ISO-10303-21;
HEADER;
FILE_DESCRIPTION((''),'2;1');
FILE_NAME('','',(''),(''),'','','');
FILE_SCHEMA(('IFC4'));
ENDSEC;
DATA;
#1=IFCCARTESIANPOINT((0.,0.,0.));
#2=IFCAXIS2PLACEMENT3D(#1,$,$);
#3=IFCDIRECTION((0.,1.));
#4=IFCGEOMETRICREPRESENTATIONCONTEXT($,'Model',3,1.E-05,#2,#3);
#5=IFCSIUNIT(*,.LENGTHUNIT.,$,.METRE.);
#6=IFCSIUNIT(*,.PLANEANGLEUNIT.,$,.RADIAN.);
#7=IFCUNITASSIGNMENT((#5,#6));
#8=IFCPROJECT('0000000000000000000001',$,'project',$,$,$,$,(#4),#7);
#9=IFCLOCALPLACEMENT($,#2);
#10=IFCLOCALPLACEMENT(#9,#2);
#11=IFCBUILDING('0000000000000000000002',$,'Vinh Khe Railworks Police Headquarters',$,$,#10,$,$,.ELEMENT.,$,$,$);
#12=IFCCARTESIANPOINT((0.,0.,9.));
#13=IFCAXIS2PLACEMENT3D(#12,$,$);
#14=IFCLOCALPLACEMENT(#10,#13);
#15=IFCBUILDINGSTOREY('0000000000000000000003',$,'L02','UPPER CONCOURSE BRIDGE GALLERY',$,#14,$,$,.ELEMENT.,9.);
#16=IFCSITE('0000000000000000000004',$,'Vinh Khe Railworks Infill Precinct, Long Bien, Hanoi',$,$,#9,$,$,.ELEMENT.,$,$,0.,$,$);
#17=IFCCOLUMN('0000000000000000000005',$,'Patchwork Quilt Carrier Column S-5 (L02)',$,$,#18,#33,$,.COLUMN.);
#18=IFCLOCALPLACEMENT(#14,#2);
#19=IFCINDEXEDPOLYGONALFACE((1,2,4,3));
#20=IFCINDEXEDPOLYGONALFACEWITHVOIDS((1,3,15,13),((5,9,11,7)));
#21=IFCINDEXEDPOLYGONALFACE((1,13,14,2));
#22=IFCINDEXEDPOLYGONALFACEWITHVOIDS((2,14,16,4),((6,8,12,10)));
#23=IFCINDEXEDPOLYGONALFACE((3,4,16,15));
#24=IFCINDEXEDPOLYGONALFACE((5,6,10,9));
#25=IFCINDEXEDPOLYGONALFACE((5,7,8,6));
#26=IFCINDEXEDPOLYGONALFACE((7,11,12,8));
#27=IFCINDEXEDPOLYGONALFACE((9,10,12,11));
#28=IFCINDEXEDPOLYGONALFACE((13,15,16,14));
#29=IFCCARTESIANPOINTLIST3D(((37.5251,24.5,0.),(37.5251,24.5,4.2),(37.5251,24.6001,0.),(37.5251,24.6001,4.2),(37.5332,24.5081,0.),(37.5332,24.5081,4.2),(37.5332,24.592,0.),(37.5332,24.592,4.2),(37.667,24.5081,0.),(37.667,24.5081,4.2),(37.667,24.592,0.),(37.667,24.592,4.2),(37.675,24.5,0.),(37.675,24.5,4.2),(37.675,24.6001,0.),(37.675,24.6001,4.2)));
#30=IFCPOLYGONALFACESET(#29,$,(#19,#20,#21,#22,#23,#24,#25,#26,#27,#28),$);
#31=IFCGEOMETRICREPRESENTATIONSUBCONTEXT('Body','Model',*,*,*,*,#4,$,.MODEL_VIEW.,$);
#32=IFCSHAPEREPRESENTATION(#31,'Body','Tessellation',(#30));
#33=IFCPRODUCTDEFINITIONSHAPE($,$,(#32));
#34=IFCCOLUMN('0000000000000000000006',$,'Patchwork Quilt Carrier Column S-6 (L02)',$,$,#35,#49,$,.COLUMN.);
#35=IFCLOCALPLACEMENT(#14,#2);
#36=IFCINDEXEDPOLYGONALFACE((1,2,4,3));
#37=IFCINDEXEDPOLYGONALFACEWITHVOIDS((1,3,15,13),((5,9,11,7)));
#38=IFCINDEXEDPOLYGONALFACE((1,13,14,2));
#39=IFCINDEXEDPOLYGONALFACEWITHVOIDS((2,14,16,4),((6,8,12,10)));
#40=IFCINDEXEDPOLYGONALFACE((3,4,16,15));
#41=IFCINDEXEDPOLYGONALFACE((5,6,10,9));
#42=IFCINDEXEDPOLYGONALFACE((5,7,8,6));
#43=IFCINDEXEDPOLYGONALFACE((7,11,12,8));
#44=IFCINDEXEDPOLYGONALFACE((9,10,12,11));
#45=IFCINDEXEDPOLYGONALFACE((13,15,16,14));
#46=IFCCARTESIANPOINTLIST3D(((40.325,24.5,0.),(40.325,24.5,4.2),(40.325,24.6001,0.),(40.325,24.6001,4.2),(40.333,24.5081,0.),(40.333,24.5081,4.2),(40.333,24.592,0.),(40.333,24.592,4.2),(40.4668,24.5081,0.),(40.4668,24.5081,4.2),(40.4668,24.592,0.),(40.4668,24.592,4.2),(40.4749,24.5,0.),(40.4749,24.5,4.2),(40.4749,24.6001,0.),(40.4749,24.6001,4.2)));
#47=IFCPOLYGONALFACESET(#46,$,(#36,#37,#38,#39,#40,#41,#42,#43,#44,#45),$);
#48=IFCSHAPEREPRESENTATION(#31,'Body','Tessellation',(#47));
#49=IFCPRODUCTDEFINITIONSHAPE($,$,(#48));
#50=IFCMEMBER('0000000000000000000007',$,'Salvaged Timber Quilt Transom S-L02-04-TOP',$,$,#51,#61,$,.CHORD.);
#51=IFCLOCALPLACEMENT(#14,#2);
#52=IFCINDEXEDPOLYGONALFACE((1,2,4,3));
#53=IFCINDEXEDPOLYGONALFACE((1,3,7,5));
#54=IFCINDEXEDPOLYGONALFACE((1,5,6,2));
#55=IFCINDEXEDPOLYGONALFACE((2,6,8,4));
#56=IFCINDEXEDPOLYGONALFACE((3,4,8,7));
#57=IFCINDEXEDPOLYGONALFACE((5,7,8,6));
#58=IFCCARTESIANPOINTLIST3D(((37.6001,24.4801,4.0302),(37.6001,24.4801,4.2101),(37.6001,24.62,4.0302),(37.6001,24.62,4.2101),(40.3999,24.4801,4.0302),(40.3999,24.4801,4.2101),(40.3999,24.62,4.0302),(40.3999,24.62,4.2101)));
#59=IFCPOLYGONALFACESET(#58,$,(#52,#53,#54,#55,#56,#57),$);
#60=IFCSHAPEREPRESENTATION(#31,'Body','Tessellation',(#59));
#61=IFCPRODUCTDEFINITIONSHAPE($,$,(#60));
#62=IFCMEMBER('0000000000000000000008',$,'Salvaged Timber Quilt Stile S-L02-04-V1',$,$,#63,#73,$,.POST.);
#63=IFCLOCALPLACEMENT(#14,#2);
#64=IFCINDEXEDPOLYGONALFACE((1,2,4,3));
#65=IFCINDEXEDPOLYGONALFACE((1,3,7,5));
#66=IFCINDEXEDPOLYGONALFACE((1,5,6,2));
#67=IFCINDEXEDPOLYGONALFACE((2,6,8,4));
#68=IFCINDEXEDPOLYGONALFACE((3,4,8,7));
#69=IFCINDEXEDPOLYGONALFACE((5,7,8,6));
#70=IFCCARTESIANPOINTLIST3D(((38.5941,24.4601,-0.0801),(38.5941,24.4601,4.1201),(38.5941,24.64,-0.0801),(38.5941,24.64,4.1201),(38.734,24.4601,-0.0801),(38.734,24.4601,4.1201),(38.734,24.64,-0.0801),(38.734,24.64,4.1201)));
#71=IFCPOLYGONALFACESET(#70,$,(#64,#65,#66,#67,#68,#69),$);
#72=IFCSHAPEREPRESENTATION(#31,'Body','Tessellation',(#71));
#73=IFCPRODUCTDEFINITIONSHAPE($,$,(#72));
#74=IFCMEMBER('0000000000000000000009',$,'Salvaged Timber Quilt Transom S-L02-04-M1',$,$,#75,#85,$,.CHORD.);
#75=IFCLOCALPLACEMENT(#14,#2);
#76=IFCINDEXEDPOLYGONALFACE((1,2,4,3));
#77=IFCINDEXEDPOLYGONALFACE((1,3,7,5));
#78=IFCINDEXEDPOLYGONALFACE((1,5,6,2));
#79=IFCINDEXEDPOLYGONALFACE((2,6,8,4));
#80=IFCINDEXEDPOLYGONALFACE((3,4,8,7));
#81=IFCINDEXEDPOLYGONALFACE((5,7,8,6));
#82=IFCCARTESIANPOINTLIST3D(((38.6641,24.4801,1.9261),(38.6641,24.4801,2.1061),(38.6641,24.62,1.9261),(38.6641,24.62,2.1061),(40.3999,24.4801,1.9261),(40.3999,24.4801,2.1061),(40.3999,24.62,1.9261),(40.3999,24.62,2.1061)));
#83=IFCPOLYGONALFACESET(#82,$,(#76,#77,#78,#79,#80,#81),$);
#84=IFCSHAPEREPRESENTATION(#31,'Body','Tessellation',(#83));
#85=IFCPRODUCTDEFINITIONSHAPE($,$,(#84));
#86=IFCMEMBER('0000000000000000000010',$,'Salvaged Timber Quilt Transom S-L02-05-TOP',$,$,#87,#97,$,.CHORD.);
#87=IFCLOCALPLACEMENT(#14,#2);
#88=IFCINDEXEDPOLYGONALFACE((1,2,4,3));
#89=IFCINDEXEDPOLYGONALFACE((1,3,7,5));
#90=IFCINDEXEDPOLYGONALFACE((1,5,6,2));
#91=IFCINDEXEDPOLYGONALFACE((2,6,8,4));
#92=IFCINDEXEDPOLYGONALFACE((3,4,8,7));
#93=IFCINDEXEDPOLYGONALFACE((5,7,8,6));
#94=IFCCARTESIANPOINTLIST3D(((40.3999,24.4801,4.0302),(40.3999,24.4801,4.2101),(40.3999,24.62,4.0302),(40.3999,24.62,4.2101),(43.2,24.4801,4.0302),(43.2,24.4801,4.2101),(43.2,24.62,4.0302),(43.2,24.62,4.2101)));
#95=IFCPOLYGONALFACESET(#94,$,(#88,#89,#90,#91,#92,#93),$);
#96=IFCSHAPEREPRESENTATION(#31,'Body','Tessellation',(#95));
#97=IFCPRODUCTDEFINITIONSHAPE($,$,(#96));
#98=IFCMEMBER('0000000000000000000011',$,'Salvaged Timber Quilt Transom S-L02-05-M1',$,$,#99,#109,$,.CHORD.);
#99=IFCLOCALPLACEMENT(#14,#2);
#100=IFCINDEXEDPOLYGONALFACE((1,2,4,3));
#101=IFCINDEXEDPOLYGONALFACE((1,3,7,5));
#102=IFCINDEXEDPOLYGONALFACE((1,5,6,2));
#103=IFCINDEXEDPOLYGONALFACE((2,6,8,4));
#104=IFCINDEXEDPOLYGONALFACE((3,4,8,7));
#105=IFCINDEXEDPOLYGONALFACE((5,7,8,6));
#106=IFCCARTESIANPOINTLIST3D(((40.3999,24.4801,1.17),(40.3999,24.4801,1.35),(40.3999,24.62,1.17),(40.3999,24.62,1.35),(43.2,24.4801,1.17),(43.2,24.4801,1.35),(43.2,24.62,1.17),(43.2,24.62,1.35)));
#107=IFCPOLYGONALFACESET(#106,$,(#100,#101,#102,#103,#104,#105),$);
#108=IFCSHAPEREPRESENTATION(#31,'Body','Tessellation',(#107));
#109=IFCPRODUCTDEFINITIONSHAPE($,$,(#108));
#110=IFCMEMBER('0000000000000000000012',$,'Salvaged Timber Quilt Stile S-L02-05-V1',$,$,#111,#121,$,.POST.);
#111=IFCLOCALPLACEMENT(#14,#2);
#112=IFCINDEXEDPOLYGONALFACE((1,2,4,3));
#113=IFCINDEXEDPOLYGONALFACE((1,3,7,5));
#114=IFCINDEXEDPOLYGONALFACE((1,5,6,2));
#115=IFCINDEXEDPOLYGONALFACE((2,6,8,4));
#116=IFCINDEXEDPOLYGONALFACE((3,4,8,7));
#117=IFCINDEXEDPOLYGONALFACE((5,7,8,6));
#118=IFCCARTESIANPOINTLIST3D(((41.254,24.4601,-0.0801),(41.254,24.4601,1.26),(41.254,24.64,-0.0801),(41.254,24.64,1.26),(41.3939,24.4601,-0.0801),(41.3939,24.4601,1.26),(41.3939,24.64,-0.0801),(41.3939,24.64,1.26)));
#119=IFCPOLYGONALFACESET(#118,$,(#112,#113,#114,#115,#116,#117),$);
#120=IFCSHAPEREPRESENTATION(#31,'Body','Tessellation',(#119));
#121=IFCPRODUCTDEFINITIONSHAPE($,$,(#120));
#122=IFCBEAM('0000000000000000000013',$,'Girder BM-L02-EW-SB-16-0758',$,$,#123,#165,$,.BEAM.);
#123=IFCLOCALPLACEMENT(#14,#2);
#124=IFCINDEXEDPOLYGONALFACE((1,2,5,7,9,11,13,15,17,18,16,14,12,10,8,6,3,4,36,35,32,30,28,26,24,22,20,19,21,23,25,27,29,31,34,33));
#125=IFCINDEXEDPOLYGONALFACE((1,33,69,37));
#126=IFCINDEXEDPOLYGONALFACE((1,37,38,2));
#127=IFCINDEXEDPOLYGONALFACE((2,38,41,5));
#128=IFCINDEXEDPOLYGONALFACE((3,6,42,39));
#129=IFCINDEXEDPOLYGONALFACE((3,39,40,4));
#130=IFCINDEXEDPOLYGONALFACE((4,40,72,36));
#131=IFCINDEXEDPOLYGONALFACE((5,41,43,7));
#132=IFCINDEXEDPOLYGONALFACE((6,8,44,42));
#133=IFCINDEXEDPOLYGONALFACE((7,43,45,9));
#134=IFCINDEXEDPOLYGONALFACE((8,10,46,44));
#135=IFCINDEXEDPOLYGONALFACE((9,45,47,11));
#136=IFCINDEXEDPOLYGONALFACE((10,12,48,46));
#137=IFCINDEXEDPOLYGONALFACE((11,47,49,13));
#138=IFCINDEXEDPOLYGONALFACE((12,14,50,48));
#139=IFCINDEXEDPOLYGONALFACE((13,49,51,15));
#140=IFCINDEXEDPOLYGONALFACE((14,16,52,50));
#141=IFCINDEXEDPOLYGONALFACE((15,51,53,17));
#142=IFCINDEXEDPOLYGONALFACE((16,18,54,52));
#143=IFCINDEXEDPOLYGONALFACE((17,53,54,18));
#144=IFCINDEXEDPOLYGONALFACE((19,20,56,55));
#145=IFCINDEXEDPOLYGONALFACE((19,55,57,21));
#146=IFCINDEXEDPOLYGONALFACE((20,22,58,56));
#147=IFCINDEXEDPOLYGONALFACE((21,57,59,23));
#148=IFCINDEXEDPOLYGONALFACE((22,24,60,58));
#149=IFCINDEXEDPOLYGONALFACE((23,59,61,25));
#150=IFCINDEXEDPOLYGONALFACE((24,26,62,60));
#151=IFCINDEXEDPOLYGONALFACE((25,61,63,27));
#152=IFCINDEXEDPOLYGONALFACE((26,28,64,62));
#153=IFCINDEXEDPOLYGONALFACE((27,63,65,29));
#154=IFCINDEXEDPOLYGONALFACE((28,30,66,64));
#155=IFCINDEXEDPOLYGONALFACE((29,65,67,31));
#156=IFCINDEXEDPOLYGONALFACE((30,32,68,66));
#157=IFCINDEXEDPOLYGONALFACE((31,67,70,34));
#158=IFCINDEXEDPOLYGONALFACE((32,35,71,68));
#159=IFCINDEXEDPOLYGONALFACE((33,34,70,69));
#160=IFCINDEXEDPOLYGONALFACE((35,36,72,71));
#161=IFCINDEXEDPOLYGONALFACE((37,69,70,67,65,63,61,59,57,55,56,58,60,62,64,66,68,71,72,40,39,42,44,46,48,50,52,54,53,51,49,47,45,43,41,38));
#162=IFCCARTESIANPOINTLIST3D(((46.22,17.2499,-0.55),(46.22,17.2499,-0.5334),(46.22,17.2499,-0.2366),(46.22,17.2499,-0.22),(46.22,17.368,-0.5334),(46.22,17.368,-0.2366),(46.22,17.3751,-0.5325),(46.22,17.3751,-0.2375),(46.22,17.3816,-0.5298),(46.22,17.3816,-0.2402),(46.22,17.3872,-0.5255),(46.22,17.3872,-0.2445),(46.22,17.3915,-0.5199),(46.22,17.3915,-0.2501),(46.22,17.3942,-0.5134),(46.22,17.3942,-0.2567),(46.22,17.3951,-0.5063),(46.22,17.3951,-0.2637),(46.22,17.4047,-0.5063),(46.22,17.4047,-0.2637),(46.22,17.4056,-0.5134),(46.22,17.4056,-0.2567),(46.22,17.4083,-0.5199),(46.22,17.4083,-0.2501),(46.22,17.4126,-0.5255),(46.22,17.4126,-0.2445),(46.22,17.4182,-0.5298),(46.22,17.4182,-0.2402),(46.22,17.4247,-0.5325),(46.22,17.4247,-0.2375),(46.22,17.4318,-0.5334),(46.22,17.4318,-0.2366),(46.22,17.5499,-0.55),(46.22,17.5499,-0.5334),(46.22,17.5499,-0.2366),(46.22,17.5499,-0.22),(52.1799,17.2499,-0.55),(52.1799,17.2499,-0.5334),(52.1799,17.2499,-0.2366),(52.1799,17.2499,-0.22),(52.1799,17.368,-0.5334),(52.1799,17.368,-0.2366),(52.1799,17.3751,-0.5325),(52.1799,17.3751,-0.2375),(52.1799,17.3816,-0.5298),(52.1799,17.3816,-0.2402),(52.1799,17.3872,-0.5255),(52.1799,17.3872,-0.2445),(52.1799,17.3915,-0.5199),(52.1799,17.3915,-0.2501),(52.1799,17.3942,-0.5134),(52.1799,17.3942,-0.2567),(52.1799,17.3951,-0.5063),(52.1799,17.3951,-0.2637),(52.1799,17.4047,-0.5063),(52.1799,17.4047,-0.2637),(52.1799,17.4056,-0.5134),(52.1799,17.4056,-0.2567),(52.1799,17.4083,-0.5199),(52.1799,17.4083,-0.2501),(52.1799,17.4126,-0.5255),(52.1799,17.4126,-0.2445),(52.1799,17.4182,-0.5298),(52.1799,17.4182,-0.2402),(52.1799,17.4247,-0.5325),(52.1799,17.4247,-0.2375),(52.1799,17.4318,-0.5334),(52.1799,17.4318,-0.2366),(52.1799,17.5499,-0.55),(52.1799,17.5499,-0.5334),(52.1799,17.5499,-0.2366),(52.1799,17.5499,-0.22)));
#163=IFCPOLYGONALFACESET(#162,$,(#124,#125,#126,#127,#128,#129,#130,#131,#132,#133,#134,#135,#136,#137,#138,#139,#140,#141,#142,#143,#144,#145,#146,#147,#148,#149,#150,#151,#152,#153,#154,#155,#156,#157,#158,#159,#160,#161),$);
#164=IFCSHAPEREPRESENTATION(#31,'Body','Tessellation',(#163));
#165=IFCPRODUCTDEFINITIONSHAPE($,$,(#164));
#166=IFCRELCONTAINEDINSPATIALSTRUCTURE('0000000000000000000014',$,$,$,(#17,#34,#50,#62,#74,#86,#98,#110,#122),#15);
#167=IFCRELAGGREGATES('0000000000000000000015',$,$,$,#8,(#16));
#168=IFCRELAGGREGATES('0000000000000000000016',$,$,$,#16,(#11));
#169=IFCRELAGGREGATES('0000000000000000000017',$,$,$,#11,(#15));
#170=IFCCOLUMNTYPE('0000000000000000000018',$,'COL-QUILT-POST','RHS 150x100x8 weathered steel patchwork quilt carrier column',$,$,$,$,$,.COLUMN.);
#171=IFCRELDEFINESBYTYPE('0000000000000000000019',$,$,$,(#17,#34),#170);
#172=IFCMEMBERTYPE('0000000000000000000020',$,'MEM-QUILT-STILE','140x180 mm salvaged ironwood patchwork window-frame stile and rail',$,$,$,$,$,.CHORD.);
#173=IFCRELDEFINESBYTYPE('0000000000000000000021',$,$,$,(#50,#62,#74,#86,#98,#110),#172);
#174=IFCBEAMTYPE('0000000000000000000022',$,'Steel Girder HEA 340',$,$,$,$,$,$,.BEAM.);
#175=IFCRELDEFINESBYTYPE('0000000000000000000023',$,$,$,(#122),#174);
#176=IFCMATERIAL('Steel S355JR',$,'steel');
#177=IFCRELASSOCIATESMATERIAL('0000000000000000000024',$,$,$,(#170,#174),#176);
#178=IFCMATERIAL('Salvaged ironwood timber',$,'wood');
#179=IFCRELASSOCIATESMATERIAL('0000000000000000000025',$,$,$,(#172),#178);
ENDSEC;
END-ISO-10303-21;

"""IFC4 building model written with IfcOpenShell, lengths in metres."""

from ifc_helpers import new_model, si_unit, direction, frame, origin, origin_2d, place, context, subcontext, project, spatial, rectangle, hollow_rectangle, i_section, extrude, material, material_profile, profile_set, type_object, element, save


model = new_model("IFC4")

# Units and contexts
model_context = context("Model", 3, precision=1e-05, world=origin(), true_north=direction((0.0, 1.0)))
body_context = subcontext(model_context, "Body", "Model", "MODEL_VIEW")
ifc_project = project(units=[si_unit("LENGTHUNIT", "METRE"), si_unit("PLANEANGLEUNIT", "RADIAN")], contexts=[model_context])

# Site, building, storey
site_placement = place(None, origin())
site = spatial("IfcSite", under=ifc_project, at=site_placement, Name="Vinh Khe Railworks Infill Precinct, Long Bien, Hanoi", CompositionType="ELEMENT", RefElevation=0.0)
building_placement = place(site_placement, origin())
building = spatial("IfcBuilding", under=site, at=building_placement, Name="Vinh Khe Railworks Police Headquarters", CompositionType="ELEMENT")
storey_placement = place(building_placement, frame((0.0, 0.0, 9.0)))
storey = spatial("IfcBuildingStorey", under=building, at=storey_placement, Name="L02", Description="UPPER CONCOURSE BRIDGE GALLERY", CompositionType="ELEMENT", Elevation=9.0)

# Columns
ifc_material_1 = material(Name="Steel S355JR", Category="steel")
ifc_material_profile_1 = material_profile(ifc_material_1, hollow_rectangle(XDim=0.1499, YDim=0.1001, WallThickness=0.0081, at=origin_2d()), Name="RHS 150x100x8")
ifc_profile_set_1 = profile_set([ifc_material_profile_1], Name="Steel S355JR")
column_type = type_object("IfcColumnType", Name="COL-QUILT-POST", Description="RHS 150x100x8 weathered steel patchwork quilt carrier column", PredefinedType="COLUMN", material=ifc_profile_set_1)
for number, where, z_axis, x_axis, name in (
    (1, (37.6001, 24.55, 0.0), (0.0, 0.0, 1.0), (1.0, 0.0, 0.0), "Patchwork Quilt Carrier Column S-5 (L02)"),
    (2, (40.3999, 24.55, 0.0), (0.0, 0.0, 1.0), (1.0, 0.0, 0.0), "Patchwork Quilt Carrier Column S-6 (L02)"),
):
    element("IfcColumn", number, at=place(storey_placement, frame(where, z_axis=z_axis, x_axis=x_axis)), inside=storey, type_object=column_type, Name=name, PredefinedType="COLUMN", context=body_context, shape_type="SweptSolid", body=[
        extrude(hollow_rectangle(XDim=0.1499, YDim=0.1001, WallThickness=0.0081, at=origin_2d()), origin(), (0.0, 0.0, 1.0), 4.2),
    ])

# Members
ifc_material_2 = material(Name="Salvaged ironwood timber", Category="wood")
ifc_material_profile_2 = material_profile(ifc_material_2, rectangle(XDim=0.1399, YDim=0.1799, at=origin_2d()), Name="TIMBER 140x180")
ifc_profile_set_2 = profile_set([ifc_material_profile_2], Name="Salvaged ironwood timber")
member_type = type_object("IfcMemberType", Name="MEM-QUILT-STILE", Description="140x180 mm salvaged ironwood patchwork window-frame stile and rail", PredefinedType="CHORD", material=ifc_profile_set_2)
member_1_placement = place(storey_placement, frame((37.6001, 24.55, 4.1201), z_axis=(1.0, 0.0, 0.0), x_axis=(0.0, 1.0, 0.0)))
element("IfcMember", 3, at=member_1_placement, inside=storey, type_object=member_type, Name="Salvaged Timber Quilt Transom S-L02-04-TOP", PredefinedType="CHORD", context=body_context, shape_type="SweptSolid", body=[
    extrude(rectangle(XDim=0.1399, YDim=0.1799, at=origin_2d()), origin(), (0.0, 0.0, 1.0), 2.7998),
])
member_2_placement = place(storey_placement, frame((38.6641, 24.55, -0.0801), z_axis=(0.0, 0.0, 1.0), x_axis=(1.0, 0.0, 0.0)))
element("IfcMember", 4, at=member_2_placement, inside=storey, type_object=member_type, Name="Salvaged Timber Quilt Stile S-L02-04-V1", PredefinedType="POST", context=body_context, shape_type="SweptSolid", body=[
    extrude(rectangle(XDim=0.1399, YDim=0.1799, at=origin_2d()), origin(), (0.0, 0.0, 1.0), 4.2002),
])
member_3_placement = place(storey_placement, frame((38.6641, 24.55, 2.0161), z_axis=(1.0, 0.0, 0.0), x_axis=(0.0, 1.0, 0.0)))
element("IfcMember", 5, at=member_3_placement, inside=storey, type_object=member_type, Name="Salvaged Timber Quilt Transom S-L02-04-M1", PredefinedType="CHORD", context=body_context, shape_type="SweptSolid", body=[
    extrude(rectangle(XDim=0.1399, YDim=0.1799, at=origin_2d()), origin(), (0.0, 0.0, 1.0), 1.7358),
])
for number, where, z_axis, x_axis, name in (
    (6, (40.3999, 24.55, 4.1201), (1.0, 0.0, 0.0), (0.0, 1.0, 0.0), "Salvaged Timber Quilt Transom S-L02-05-TOP"),
    (7, (40.3999, 24.55, 1.26), (1.0, 0.0, 0.0), (0.0, 1.0, 0.0), "Salvaged Timber Quilt Transom S-L02-05-M1"),
):
    element("IfcMember", number, at=place(storey_placement, frame(where, z_axis=z_axis, x_axis=x_axis)), inside=storey, type_object=member_type, Name=name, PredefinedType="CHORD", context=body_context, shape_type="SweptSolid", body=[
        extrude(rectangle(XDim=0.1399, YDim=0.1799, at=origin_2d()), origin(), (0.0, 0.0, 1.0), 2.8),
    ])
member_4_placement = place(storey_placement, frame((41.324, 24.55, -0.0801), z_axis=(0.0, 0.0, 1.0), x_axis=(1.0, 0.0, 0.0)))
element("IfcMember", 8, at=member_4_placement, inside=storey, type_object=member_type, Name="Salvaged Timber Quilt Stile S-L02-05-V1", PredefinedType="POST", context=body_context, shape_type="SweptSolid", body=[
    extrude(rectangle(XDim=0.1399, YDim=0.1799, at=origin_2d()), origin(), (0.0, 0.0, 1.0), 1.3401),
])

# Beam
ifc_material_profile_3 = material_profile(ifc_material_1, i_section(OverallWidth=0.3, OverallDepth=0.3301, WebThickness=0.0095, FlangeThickness=0.0166, FilletRadius=0.0271, at=origin_2d()), Name="HEA 340")
ifc_profile_set_3 = profile_set([ifc_material_profile_3], Name="Steel S355JR")
beam_type_1 = type_object("IfcBeamType", Name="Steel Girder HEA 340", PredefinedType="BEAM", material=ifc_profile_set_3)
beam_1_placement = place(storey_placement, frame((46.22, 17.3999, -0.385), z_axis=(1.0, 0.0, 0.0), x_axis=(0.0, 1.0, 0.0)))
element("IfcBeam", 9, at=beam_1_placement, inside=storey, type_object=beam_type_1, Name="Girder BM-L02-EW-SB-16-0758", PredefinedType="BEAM", context=body_context, shape_type="SweptSolid", body=[
    extrude(i_section(OverallWidth=0.3, OverallDepth=0.3301, WebThickness=0.0095, FlangeThickness=0.0166, FilletRadius=0.0271, at=origin_2d()), origin(), (0.0, 0.0, 1.0), 5.96),
])

save(model, "model.ifc")
